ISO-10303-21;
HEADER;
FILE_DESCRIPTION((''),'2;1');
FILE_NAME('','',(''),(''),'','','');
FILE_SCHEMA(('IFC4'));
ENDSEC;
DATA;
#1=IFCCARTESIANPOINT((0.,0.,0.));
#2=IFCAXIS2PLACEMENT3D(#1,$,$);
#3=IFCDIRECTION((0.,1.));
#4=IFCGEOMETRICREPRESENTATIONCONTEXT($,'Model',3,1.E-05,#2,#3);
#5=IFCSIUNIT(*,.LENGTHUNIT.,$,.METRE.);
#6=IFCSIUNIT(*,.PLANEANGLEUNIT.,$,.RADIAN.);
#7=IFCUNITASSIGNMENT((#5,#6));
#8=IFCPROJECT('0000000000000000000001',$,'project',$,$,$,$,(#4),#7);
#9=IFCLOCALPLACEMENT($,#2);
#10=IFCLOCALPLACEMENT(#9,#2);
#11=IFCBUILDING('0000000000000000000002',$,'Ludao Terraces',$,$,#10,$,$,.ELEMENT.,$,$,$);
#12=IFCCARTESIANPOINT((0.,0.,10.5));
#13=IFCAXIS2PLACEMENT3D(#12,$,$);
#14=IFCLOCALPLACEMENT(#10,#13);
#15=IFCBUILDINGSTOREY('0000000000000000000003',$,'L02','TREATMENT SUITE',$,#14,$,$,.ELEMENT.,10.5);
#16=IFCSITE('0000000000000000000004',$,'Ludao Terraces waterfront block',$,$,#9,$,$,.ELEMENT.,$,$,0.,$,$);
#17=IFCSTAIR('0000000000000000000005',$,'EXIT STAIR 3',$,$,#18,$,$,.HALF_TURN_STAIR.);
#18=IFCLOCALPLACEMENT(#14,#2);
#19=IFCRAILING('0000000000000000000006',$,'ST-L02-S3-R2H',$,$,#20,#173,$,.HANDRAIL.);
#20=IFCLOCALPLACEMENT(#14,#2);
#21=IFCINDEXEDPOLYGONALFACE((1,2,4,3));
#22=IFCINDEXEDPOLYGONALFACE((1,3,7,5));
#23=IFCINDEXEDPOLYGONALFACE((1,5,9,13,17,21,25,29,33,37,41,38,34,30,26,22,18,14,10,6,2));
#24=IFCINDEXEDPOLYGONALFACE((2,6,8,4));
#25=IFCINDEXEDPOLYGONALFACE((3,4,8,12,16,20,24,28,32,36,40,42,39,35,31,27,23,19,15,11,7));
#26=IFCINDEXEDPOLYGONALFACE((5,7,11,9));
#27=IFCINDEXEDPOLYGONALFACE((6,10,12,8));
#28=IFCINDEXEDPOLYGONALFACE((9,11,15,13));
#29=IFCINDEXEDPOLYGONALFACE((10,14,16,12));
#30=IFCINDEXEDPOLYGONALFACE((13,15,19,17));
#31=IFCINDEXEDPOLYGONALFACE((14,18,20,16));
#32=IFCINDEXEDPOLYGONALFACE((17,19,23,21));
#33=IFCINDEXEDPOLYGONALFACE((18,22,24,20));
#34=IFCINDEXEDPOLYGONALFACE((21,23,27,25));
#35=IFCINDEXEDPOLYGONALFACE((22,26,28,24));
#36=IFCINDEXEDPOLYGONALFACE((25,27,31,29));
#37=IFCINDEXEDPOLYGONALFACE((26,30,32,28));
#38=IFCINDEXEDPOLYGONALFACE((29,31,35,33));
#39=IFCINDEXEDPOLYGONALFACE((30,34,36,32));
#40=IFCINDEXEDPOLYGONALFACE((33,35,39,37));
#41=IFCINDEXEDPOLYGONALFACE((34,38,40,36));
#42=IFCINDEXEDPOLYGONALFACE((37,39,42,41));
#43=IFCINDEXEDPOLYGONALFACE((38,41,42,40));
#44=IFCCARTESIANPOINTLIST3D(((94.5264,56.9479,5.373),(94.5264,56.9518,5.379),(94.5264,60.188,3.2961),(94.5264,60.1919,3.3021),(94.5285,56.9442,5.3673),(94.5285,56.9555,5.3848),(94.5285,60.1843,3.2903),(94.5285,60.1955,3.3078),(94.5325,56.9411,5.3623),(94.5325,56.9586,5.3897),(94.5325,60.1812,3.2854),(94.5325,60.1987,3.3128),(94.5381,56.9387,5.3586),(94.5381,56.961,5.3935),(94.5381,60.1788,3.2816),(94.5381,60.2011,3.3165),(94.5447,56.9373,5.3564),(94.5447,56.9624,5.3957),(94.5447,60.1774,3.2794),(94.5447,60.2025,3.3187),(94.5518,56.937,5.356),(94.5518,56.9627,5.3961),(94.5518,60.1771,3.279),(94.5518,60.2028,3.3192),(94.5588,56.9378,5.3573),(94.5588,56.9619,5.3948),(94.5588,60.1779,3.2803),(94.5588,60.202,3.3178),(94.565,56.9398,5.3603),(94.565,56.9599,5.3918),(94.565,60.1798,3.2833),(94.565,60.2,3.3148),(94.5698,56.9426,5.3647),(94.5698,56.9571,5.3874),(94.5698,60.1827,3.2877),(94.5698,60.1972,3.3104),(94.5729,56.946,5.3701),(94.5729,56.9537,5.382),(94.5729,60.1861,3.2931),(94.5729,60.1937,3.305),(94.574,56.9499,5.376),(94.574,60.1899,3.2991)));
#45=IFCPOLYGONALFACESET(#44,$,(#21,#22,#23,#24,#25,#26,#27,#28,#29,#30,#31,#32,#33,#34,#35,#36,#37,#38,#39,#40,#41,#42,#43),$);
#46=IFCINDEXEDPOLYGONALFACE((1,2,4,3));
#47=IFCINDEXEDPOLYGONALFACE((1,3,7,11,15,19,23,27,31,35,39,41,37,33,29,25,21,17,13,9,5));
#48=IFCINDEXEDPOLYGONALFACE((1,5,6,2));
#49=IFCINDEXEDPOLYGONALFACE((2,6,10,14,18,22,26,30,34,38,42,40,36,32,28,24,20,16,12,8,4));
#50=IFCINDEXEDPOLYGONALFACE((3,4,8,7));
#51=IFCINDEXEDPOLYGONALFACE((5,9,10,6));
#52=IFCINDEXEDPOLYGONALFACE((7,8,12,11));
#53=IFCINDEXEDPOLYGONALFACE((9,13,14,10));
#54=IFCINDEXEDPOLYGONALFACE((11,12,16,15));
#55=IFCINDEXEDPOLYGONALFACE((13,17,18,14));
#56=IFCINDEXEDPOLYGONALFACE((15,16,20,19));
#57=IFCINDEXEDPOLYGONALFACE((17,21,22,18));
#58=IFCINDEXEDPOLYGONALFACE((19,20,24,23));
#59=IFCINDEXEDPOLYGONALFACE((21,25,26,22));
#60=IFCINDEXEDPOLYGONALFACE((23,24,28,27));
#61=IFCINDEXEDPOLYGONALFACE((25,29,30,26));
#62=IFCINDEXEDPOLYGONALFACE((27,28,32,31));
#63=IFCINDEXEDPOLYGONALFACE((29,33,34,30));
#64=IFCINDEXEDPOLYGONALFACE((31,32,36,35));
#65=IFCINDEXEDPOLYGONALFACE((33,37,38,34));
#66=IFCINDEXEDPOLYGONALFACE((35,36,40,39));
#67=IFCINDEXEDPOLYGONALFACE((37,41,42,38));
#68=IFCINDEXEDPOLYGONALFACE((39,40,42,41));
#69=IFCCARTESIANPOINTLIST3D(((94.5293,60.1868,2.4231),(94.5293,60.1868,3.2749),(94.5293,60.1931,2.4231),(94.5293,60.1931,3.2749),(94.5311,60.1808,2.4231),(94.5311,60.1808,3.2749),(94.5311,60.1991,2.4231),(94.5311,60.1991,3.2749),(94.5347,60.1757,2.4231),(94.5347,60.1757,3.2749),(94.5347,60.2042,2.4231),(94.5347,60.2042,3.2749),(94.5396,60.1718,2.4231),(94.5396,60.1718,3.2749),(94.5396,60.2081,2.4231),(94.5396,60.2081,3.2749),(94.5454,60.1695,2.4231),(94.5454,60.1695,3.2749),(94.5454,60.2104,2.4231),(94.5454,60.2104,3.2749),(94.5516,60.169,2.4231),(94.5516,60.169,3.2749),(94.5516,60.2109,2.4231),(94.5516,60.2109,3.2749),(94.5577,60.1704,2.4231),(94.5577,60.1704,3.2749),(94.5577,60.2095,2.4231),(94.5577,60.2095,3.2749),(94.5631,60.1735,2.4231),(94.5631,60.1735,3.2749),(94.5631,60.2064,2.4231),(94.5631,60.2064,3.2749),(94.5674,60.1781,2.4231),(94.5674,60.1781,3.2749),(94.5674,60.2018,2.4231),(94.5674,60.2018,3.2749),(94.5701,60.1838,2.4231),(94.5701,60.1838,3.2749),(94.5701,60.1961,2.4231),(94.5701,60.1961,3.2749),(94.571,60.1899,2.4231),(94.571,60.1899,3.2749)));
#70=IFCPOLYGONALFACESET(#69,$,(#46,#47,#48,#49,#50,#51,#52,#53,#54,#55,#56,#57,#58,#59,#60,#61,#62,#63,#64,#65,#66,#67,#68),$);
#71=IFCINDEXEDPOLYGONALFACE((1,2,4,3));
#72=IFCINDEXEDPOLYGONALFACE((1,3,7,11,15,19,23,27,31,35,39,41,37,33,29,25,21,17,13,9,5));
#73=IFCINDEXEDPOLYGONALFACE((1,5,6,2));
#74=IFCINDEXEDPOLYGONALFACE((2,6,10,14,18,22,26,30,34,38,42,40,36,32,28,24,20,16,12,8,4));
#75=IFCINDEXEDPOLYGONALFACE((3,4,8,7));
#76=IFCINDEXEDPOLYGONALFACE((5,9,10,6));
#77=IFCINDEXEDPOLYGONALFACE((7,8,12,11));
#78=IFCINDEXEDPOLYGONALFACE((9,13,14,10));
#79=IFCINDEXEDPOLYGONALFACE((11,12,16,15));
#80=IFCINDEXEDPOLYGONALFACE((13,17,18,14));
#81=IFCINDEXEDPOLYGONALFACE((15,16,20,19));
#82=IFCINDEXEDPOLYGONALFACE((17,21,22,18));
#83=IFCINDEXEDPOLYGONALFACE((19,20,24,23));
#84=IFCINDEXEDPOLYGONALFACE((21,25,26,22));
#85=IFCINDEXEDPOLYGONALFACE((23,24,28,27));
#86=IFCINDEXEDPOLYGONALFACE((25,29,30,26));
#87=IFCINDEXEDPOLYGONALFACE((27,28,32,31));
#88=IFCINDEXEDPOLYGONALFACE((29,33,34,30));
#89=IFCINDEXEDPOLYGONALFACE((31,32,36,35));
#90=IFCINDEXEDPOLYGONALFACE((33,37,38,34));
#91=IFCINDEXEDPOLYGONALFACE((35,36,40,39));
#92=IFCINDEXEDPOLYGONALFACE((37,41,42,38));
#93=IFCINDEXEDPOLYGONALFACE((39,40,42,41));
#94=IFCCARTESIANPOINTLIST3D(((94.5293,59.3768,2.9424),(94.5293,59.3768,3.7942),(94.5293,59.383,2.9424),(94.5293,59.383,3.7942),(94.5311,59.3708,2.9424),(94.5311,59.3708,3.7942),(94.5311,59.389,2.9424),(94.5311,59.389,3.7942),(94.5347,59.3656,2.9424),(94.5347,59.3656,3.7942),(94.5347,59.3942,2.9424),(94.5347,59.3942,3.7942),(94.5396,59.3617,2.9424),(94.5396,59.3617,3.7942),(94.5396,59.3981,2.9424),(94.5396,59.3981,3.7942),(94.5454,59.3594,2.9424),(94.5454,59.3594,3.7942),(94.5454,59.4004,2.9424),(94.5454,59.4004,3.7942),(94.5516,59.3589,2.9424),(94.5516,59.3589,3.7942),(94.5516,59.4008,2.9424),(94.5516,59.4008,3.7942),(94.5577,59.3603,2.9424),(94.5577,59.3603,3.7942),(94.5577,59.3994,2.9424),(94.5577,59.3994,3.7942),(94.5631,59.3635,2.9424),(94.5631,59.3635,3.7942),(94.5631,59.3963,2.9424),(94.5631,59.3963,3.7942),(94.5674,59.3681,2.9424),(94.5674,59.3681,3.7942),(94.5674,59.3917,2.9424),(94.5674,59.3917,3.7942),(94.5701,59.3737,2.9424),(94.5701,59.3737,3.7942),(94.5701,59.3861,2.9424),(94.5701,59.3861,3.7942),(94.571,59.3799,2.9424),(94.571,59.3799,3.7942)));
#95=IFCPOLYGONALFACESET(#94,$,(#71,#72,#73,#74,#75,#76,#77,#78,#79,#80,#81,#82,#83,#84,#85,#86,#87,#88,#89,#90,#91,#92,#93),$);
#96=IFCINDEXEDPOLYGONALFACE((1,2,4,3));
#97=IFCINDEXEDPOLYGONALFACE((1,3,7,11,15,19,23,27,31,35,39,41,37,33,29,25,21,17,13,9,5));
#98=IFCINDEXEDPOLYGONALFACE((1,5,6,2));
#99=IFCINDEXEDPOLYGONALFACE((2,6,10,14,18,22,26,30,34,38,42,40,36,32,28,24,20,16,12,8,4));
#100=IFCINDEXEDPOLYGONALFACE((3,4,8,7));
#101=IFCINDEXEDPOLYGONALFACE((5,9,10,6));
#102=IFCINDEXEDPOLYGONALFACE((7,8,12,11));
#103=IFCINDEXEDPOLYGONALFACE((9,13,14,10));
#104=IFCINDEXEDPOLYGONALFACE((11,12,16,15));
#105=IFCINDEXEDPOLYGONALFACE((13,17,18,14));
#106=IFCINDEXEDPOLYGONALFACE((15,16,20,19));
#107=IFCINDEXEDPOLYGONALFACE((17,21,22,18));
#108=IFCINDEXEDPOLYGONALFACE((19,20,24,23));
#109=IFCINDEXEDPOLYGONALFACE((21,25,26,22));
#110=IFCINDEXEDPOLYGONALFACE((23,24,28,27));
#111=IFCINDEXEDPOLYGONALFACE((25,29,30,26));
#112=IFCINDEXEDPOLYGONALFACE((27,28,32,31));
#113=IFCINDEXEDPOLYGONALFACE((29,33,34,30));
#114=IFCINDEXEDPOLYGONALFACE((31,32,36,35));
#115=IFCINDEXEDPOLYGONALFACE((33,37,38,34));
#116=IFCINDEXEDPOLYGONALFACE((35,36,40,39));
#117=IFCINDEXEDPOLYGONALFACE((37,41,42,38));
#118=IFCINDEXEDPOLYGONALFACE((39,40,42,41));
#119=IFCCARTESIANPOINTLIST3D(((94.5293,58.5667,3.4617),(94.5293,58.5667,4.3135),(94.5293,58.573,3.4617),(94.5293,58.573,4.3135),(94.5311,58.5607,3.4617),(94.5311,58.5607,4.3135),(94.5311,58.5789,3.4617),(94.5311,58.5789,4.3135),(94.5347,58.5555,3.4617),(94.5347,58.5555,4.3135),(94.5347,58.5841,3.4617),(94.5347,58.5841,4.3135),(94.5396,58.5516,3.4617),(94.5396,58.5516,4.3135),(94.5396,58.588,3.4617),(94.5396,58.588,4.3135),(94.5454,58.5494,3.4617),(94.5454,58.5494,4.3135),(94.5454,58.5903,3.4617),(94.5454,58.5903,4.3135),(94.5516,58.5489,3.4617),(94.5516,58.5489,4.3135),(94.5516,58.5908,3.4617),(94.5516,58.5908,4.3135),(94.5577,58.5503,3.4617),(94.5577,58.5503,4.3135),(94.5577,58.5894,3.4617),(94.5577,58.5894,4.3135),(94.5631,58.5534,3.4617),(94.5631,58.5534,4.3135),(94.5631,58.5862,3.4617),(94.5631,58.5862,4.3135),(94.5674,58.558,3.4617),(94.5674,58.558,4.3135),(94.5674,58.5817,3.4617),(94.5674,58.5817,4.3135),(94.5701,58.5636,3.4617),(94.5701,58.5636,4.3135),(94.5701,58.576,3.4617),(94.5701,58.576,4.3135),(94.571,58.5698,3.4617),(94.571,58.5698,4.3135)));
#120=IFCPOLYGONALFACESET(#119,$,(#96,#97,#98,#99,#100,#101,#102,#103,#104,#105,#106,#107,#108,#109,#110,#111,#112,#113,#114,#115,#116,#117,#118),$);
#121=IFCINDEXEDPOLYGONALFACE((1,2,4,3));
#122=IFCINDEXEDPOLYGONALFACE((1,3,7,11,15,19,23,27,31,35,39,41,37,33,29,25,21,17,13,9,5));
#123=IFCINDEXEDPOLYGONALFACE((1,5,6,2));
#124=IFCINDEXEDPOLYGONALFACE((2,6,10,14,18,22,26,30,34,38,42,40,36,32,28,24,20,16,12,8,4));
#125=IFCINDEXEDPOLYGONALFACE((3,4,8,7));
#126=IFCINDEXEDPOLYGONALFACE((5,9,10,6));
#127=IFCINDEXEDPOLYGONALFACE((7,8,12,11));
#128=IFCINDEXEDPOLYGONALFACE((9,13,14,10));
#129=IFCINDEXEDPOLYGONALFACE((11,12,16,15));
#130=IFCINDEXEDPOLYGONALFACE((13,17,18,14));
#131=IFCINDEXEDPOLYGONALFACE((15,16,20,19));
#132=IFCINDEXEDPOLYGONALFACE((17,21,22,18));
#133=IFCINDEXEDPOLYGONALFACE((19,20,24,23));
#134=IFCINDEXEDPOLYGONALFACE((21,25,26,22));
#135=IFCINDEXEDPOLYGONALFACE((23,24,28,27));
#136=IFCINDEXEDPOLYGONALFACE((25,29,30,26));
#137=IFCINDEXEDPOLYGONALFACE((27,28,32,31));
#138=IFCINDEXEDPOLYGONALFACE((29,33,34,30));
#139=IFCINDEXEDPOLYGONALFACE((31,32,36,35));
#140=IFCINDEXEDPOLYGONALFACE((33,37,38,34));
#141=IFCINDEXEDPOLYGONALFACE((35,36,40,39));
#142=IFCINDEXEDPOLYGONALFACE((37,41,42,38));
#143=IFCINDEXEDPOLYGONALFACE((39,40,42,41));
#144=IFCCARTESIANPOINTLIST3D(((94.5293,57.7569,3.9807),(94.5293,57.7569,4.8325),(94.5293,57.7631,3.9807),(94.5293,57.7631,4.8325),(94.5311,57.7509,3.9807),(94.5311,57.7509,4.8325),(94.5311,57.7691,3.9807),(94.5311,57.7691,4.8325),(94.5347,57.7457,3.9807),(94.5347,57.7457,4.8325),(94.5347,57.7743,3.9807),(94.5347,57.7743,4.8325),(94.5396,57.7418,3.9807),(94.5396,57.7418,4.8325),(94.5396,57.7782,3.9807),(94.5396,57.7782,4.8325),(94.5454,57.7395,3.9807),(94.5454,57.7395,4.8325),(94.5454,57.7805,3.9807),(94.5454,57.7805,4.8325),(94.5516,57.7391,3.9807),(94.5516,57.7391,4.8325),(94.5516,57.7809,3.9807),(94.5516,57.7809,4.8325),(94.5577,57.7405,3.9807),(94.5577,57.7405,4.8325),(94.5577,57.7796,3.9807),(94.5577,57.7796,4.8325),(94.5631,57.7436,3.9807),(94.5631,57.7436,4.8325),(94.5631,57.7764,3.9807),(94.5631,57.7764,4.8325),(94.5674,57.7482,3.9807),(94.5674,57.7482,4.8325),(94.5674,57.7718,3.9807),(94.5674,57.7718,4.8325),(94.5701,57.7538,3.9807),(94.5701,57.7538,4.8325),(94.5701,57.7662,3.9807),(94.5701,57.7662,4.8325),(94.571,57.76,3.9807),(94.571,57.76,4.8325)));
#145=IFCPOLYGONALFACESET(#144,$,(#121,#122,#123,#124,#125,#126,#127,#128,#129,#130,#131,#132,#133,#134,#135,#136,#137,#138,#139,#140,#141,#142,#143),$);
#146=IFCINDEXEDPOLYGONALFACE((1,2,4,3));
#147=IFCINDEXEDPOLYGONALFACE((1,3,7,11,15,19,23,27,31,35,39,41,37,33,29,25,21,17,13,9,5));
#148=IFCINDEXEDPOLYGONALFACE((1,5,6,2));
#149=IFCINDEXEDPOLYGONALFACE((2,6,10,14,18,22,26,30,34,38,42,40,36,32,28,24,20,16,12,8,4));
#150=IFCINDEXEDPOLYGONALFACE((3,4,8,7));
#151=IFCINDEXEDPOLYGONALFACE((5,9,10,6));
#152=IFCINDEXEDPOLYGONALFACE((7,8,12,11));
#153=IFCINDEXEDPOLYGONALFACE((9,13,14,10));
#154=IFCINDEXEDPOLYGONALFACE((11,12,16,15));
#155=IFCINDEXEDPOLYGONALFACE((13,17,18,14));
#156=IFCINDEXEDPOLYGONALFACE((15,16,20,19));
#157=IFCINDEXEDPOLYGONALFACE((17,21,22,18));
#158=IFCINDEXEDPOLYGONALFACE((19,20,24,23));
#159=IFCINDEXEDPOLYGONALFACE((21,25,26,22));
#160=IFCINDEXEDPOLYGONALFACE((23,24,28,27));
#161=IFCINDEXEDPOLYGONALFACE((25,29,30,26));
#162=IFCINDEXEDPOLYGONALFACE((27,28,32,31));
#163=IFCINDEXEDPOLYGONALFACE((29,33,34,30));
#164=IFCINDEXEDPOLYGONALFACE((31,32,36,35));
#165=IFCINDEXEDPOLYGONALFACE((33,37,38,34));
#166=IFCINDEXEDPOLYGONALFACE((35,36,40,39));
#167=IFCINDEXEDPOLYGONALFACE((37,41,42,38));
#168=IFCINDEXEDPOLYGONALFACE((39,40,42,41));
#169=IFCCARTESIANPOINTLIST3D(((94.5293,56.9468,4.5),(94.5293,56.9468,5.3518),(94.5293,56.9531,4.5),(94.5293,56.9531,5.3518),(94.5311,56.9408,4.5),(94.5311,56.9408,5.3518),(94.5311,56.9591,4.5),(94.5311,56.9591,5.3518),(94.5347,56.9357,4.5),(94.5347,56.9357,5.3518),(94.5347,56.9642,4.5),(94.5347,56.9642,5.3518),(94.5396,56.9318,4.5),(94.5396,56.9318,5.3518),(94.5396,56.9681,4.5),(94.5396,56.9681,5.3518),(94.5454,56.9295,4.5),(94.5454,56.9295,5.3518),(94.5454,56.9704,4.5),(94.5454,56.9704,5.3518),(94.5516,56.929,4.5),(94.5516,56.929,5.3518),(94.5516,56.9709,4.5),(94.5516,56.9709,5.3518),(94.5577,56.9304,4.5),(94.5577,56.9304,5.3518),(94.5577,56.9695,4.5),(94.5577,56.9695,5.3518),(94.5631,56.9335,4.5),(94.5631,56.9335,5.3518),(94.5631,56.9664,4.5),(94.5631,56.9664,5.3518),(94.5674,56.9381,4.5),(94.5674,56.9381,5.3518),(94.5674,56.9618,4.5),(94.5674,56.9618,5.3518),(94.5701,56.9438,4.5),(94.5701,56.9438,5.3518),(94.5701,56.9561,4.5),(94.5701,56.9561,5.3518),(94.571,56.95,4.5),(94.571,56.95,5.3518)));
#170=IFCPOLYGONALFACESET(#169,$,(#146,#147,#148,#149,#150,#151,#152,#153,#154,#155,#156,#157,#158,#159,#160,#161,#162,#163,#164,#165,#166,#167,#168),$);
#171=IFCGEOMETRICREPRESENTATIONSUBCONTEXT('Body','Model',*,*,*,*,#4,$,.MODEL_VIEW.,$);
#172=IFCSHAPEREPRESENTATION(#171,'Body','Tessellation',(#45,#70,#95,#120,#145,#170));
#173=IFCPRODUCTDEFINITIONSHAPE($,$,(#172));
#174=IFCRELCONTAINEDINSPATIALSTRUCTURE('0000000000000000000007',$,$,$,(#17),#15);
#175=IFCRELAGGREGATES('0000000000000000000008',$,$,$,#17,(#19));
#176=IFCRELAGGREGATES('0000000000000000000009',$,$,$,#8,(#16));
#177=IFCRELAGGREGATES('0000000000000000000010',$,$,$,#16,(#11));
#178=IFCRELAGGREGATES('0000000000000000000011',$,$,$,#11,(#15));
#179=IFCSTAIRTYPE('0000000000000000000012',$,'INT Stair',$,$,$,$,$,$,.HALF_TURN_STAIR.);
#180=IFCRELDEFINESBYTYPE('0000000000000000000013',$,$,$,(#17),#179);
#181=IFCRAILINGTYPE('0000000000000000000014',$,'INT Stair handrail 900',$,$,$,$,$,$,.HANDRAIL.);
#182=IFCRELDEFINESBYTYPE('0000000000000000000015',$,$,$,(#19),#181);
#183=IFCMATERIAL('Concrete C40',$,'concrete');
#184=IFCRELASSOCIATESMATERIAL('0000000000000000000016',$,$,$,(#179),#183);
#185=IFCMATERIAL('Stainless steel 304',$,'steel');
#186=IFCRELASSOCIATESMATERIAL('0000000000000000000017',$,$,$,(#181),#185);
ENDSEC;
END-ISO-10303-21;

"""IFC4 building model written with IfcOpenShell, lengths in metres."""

from ifc_helpers import new_model, si_unit, direction, frame, origin, origin_2d, place, context, subcontext, project, spatial, circle, extrude, material, type_object, element, aggregate, save


model = new_model("IFC4")

# Units and contexts
model_context = context("Model", 3, precision=1e-05, world=origin(), true_north=direction((0.0, 1.0)))
body_context = subcontext(model_context, "Body", "Model", "MODEL_VIEW")
ifc_project = project(units=[si_unit("LENGTHUNIT", "METRE"), si_unit("PLANEANGLEUNIT", "RADIAN")], contexts=[model_context])

# Site, building, storey
site_placement = place(None, origin())
site = spatial("IfcSite", under=ifc_project, at=site_placement, Name="Ludao Terraces waterfront block", CompositionType="ELEMENT", RefElevation=0.0)
building_placement = place(site_placement, origin())
building = spatial("IfcBuilding", under=site, at=building_placement, Name="Ludao Terraces", CompositionType="ELEMENT")
storey_placement = place(building_placement, frame((0.0, 0.0, 10.5)))
storey = spatial("IfcBuildingStorey", under=building, at=storey_placement, Name="L02", Description="TREATMENT SUITE", CompositionType="ELEMENT", Elevation=10.5)

# Stair, railing
ifc_material_1 = material(Name="Concrete C40", Category="concrete")
stair_type = type_object("IfcStairType", Name="INT Stair", PredefinedType="HALF_TURN_STAIR", material=ifc_material_1)
stair_placement = place(storey_placement, origin())
stair = element("IfcStair", 1, at=stair_placement, inside=storey, type_object=stair_type, Name="EXIT STAIR 3", PredefinedType="HALF_TURN_STAIR")
ifc_material_2 = material(Name="Stainless steel 304", Category="steel")
railing_type_1 = type_object("IfcRailingType", Name="INT Stair handrail 900", PredefinedType="HANDRAIL", material=ifc_material_2)
railing_1_placement = place(storey_placement, frame((94.55, 60.1899, 2.4231)))
railing_1 = element("IfcRailing", 2, at=railing_1_placement, type_object=railing_type_1, Name="ST-L02-S3-R2H", PredefinedType="HANDRAIL", context=body_context, shape_type="SweptSolid", body=[
    extrude(circle(Radius=0.0239, at=origin_2d()), frame((0.0, 0.0, 0.876), z_axis=(0.0, -0.841881, 0.539664), x_axis=(1.0, 0.0, 0.0)), (0.0, 0.0, 1.0), 3.8486),
    extrude(circle(Radius=0.021, at=origin_2d()), origin(), (0.0, 0.0, 1.0), 0.8518),
    extrude(circle(Radius=0.021, at=origin_2d()), frame((0.0, -0.8101, 0.5193)), (0.0, 0.0, 1.0), 0.8518),
    extrude(circle(Radius=0.021, at=origin_2d()), frame((0.0, -1.6201, 1.0386)), (0.0, 0.0, 1.0), 0.8518),
    extrude(circle(Radius=0.021, at=origin_2d()), frame((0.0, -2.4299, 1.5576)), (0.0, 0.0, 1.0), 0.8518),
    extrude(circle(Radius=0.021, at=origin_2d()), frame((0.0, -3.24, 2.0769)), (0.0, 0.0, 1.0), 0.8518),
])
aggregate(stair, [railing_1])

save(model, "model.ifc")
